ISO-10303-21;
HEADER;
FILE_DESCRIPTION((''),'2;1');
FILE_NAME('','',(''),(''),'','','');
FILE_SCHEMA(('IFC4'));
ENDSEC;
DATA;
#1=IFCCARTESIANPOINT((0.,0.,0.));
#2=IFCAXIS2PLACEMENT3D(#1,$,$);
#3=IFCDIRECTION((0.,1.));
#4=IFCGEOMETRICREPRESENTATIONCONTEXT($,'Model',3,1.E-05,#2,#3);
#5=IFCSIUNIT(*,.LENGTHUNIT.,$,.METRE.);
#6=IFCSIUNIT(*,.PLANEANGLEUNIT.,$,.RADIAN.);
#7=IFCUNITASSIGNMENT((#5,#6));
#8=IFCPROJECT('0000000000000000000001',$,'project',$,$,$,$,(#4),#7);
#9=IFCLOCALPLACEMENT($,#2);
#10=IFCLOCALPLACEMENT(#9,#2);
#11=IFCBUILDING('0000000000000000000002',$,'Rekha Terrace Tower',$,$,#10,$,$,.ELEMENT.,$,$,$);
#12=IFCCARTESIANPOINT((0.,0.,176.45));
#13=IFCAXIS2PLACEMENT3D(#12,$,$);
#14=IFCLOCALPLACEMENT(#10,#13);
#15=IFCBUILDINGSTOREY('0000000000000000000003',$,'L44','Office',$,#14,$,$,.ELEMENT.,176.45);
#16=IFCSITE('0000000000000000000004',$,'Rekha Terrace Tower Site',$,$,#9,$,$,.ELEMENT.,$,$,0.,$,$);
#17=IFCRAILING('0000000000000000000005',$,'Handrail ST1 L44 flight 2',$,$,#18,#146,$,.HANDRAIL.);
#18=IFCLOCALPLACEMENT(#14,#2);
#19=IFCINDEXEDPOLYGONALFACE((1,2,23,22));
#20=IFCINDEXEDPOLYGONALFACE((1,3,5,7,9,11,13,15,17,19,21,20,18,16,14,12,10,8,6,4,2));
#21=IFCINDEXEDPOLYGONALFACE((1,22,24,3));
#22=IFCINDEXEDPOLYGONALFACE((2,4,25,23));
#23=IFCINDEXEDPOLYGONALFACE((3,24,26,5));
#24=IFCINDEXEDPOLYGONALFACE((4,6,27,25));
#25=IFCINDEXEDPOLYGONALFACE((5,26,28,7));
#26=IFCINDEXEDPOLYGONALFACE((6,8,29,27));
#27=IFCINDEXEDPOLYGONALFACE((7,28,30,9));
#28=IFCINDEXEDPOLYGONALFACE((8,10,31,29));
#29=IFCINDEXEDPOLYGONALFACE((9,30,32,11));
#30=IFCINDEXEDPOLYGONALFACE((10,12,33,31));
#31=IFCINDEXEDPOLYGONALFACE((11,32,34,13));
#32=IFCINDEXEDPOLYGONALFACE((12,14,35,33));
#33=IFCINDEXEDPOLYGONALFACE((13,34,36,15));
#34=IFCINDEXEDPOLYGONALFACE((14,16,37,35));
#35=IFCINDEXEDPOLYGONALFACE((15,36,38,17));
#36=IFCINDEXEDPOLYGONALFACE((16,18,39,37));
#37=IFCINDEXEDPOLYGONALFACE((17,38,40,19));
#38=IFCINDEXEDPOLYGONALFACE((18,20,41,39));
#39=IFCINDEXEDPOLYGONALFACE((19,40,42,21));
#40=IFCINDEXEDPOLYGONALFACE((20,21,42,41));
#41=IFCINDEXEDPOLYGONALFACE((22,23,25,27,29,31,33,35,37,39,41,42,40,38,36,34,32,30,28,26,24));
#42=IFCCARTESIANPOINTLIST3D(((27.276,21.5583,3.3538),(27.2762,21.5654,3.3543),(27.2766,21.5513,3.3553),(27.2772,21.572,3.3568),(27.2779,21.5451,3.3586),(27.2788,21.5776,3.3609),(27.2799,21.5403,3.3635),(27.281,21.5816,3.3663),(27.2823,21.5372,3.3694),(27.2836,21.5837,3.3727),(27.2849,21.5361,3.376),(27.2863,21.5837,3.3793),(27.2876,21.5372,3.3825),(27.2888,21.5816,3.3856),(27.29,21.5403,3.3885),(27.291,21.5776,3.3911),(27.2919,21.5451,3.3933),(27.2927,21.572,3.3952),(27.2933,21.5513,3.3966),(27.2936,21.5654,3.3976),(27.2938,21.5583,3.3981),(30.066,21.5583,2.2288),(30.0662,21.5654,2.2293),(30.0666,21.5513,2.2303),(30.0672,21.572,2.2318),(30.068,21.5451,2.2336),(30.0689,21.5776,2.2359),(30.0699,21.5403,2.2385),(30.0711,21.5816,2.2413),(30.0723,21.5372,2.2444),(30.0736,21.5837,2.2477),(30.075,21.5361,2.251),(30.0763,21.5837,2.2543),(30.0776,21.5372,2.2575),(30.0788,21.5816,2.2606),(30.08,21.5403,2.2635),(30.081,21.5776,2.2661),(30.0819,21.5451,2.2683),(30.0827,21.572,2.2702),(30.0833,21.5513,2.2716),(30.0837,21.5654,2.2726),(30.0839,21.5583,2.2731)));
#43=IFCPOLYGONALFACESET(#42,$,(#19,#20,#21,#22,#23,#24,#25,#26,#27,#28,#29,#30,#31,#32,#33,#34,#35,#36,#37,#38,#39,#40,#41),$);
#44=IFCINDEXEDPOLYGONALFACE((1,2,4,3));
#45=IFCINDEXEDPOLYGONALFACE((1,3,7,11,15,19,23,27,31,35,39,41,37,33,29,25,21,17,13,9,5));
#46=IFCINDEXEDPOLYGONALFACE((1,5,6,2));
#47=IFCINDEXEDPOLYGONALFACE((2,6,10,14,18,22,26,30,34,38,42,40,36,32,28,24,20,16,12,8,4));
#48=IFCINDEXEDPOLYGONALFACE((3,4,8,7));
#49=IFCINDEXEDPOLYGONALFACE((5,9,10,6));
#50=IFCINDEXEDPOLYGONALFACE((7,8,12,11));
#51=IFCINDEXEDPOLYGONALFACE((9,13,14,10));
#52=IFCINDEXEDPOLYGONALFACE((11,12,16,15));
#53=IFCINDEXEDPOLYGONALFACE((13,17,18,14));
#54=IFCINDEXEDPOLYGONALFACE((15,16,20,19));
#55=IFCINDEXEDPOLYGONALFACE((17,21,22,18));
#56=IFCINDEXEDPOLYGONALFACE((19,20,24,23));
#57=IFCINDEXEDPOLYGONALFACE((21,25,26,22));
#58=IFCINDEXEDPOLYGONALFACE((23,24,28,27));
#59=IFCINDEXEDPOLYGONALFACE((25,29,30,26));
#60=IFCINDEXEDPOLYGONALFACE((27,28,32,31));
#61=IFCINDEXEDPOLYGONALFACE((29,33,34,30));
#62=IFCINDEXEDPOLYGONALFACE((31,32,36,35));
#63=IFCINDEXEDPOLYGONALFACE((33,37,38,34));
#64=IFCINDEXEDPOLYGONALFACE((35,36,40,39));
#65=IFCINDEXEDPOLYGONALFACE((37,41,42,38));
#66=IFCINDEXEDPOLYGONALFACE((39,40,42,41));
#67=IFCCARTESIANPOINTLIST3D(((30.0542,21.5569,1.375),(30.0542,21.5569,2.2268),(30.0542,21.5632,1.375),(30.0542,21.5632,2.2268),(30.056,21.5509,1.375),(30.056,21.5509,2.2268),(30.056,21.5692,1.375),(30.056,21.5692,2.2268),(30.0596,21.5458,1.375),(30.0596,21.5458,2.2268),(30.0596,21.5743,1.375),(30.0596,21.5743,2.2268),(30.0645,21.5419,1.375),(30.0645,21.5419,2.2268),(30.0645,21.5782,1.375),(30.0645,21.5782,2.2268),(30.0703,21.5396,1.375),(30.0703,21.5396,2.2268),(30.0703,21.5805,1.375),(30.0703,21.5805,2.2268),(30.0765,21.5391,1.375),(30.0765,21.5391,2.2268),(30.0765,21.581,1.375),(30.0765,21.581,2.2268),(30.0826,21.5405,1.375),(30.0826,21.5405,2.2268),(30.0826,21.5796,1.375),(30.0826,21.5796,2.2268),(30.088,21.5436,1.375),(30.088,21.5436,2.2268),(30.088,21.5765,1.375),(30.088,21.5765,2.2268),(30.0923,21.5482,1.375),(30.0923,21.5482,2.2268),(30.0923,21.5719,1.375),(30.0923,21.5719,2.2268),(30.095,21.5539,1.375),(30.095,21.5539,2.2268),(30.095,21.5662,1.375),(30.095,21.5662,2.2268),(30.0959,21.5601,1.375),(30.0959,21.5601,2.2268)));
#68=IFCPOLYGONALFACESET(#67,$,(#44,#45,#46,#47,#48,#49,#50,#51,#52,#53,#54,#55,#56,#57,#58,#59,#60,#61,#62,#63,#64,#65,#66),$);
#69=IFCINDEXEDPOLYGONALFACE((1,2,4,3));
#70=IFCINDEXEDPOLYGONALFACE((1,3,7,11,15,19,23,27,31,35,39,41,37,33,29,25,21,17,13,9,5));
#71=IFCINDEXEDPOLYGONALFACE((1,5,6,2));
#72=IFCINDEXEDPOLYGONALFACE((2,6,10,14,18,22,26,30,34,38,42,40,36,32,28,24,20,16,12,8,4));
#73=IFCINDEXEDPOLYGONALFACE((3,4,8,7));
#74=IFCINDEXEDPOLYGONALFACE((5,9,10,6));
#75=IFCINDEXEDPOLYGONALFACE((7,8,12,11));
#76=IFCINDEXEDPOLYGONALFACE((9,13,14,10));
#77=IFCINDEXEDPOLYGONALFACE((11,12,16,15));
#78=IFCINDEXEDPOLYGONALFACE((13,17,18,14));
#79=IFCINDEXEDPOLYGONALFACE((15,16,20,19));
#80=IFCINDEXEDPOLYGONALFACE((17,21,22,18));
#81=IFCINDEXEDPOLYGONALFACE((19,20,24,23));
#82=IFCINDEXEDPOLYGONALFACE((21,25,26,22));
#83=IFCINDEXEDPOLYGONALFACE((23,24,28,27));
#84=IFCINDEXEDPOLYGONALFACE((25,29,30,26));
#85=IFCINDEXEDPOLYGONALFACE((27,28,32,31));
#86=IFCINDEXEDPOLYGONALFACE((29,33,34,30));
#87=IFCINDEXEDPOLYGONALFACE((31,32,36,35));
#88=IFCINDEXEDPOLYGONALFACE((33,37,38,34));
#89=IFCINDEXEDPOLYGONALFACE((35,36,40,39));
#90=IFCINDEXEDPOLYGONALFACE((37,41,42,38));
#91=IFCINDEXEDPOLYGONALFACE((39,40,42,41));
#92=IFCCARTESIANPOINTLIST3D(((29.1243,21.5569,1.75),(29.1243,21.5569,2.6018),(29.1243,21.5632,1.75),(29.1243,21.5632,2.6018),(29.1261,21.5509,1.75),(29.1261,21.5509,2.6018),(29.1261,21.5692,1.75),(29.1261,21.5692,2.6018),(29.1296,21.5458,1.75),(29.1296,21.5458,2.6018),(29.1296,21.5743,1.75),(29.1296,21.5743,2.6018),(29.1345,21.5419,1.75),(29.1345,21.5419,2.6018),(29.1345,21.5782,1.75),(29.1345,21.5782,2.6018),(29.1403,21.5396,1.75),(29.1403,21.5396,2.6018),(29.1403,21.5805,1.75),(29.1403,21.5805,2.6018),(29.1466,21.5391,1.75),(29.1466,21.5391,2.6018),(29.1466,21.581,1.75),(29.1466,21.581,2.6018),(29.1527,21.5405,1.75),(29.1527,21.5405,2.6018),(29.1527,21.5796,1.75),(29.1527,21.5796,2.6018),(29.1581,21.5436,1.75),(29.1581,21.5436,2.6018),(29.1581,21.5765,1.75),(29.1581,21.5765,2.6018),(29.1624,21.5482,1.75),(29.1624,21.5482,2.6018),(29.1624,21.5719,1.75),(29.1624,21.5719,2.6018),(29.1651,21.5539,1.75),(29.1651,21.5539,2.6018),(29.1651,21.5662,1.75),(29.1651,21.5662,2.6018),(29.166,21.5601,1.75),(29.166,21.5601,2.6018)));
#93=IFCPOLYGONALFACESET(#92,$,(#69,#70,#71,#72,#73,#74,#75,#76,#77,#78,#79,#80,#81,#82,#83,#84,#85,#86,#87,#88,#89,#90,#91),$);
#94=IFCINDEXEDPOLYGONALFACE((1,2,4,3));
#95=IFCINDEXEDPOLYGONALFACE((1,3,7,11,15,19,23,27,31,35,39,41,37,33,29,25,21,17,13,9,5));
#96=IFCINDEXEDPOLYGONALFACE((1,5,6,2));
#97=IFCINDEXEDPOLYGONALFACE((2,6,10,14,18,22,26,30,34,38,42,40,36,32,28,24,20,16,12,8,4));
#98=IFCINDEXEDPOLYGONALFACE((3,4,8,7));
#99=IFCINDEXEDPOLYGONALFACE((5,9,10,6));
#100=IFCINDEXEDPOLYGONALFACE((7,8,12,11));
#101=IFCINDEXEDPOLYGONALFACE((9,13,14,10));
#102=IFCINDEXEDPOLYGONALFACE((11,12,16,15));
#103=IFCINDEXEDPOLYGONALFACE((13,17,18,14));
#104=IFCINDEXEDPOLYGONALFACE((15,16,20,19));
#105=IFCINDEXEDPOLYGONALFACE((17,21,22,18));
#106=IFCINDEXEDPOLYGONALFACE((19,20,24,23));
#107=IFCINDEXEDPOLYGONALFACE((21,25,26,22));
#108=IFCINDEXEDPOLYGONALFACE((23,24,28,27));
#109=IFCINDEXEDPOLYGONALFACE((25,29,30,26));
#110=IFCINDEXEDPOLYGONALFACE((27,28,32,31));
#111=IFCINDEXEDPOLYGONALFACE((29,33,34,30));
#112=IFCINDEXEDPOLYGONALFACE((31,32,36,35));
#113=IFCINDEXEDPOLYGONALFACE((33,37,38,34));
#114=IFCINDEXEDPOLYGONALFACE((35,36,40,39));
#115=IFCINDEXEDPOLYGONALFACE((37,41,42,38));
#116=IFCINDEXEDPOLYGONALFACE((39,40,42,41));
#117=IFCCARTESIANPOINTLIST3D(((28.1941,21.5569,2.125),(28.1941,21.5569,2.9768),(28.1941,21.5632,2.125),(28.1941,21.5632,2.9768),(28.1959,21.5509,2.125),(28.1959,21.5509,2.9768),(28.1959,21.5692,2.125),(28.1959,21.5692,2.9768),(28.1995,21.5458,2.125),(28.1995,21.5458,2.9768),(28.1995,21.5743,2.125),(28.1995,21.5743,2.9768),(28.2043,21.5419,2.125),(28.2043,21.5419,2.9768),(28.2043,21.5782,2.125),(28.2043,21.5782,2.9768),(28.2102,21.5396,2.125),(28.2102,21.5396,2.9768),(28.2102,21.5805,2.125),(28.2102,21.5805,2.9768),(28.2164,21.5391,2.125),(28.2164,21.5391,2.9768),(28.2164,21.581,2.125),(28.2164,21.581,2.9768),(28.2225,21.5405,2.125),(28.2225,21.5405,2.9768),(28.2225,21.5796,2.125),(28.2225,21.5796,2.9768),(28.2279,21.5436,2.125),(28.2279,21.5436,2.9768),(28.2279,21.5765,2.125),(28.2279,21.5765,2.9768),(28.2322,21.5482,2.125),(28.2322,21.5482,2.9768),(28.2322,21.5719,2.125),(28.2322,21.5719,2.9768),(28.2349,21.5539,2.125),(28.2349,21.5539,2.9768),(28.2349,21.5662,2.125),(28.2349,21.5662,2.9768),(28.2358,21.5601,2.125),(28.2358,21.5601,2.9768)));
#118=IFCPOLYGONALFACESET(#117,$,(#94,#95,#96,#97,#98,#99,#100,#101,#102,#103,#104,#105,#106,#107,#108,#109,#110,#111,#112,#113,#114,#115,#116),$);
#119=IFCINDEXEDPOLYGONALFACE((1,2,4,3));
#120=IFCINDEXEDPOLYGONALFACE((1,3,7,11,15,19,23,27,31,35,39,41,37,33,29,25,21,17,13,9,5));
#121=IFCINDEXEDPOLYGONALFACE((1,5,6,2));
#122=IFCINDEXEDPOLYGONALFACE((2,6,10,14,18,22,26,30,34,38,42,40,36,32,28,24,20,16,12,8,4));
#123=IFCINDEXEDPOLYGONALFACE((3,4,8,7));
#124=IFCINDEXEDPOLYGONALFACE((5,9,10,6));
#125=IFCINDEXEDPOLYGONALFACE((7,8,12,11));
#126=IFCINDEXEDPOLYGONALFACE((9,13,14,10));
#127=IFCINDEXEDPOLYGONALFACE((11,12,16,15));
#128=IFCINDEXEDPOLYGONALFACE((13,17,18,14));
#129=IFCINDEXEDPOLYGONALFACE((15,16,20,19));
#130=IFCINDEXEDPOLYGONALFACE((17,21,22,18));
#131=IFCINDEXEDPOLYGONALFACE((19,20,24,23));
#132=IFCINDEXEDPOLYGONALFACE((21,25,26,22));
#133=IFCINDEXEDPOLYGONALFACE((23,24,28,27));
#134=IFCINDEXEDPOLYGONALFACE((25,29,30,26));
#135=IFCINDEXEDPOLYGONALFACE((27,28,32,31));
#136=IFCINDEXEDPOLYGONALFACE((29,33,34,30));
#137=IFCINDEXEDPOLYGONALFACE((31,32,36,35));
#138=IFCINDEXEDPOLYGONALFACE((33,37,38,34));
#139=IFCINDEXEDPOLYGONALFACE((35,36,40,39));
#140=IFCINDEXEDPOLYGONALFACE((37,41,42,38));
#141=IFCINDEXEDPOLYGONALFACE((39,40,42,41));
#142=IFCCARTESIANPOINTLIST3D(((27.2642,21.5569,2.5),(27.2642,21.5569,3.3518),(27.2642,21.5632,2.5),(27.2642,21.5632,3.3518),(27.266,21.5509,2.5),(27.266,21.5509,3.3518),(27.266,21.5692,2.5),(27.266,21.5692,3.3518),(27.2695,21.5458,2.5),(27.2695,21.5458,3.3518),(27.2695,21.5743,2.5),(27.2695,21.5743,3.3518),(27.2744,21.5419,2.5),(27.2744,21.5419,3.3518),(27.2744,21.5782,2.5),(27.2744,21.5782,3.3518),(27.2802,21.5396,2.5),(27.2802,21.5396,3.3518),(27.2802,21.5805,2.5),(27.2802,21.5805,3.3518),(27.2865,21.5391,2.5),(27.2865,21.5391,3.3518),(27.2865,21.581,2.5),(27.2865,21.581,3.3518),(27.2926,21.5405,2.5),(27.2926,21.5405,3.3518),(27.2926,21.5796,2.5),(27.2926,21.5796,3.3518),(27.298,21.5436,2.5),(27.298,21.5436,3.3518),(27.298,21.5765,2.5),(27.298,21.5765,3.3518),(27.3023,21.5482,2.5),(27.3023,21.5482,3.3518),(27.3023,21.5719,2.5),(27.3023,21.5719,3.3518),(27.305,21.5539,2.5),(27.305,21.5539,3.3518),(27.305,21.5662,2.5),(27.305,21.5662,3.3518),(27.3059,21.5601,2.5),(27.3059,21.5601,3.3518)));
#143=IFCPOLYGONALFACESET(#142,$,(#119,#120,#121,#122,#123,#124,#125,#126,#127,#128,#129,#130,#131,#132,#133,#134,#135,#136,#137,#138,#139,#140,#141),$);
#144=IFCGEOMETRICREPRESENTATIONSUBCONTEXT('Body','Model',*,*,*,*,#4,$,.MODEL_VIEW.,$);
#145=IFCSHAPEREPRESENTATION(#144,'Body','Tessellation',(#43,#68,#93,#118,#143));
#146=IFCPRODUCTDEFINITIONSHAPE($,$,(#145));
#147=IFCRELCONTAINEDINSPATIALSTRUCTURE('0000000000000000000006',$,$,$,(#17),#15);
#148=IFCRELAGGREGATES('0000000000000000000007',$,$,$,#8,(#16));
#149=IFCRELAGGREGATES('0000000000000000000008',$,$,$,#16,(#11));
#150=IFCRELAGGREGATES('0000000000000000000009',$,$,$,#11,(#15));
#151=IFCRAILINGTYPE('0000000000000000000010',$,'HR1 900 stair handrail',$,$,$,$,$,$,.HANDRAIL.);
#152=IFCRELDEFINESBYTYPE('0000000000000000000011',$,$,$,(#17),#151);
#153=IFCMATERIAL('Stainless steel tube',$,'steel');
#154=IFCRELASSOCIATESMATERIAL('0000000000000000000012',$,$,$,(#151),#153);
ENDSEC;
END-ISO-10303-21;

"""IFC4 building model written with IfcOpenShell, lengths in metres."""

from ifc_helpers import new_model, si_unit, direction, frame, origin, origin_2d, place, context, subcontext, project, spatial, circle, extrude, material, type_object, element, save


model = new_model("IFC4")

# Units and contexts
model_context = context("Model", 3, precision=1e-05, world=origin(), true_north=direction((0.0, 1.0)))
body_context = subcontext(model_context, "Body", "Model", "MODEL_VIEW")
ifc_project = project(units=[si_unit("LENGTHUNIT", "METRE"), si_unit("PLANEANGLEUNIT", "RADIAN")], contexts=[model_context])

# Site, building, storey
site_placement = place(None, origin())
site = spatial("IfcSite", under=ifc_project, at=site_placement, Name="Rekha Terrace Tower Site", CompositionType="ELEMENT", RefElevation=0.0)
building_placement = place(site_placement, origin())
building = spatial("IfcBuilding", under=site, at=building_placement, Name="Rekha Terrace Tower", CompositionType="ELEMENT")
storey_placement = place(building_placement, frame((0.0, 0.0, 176.45)))
storey = spatial("IfcBuildingStorey", under=building, at=storey_placement, Name="L44", Description="Office", CompositionType="ELEMENT", Elevation=176.45)

# Railing
ifc_material_1 = material(Name="Stainless steel tube", Category="steel")
railing_type_1 = type_object("IfcRailingType", Name="HR1 900 stair handrail", PredefinedType="HANDRAIL", material=ifc_material_1)
railing_1_placement = place(storey_placement, frame((30.075, 21.5601, 1.375)))
element("IfcRailing", 1, at=railing_1_placement, inside=storey, type_object=railing_type_1, Name="Handrail ST1 L44 flight 2", PredefinedType="HANDRAIL", context=body_context, shape_type="SweptSolid", body=[
    extrude(circle(Radius=0.0239, at=origin_2d()), frame((0.0, 0.0, 0.876), z_axis=(-0.927443, 0.0, 0.373964), x_axis=(0.0, -1.0, 0.0)), (0.0, 0.0, 1.0), 3.0083),
    extrude(circle(Radius=0.021, at=origin_2d()), origin(), (0.0, 0.0, 1.0), 0.8518),
    extrude(circle(Radius=0.021, at=origin_2d()), frame((-0.9299, 0.0, 0.375)), (0.0, 0.0, 1.0), 0.8518),
    extrude(circle(Radius=0.021, at=origin_2d()), frame((-1.8601, 0.0, 0.75)), (0.0, 0.0, 1.0), 0.8518),
    extrude(circle(Radius=0.021, at=origin_2d()), frame((-2.79, 0.0, 1.125)), (0.0, 0.0, 1.0), 0.8518),
])

save(model, "model.ifc")
